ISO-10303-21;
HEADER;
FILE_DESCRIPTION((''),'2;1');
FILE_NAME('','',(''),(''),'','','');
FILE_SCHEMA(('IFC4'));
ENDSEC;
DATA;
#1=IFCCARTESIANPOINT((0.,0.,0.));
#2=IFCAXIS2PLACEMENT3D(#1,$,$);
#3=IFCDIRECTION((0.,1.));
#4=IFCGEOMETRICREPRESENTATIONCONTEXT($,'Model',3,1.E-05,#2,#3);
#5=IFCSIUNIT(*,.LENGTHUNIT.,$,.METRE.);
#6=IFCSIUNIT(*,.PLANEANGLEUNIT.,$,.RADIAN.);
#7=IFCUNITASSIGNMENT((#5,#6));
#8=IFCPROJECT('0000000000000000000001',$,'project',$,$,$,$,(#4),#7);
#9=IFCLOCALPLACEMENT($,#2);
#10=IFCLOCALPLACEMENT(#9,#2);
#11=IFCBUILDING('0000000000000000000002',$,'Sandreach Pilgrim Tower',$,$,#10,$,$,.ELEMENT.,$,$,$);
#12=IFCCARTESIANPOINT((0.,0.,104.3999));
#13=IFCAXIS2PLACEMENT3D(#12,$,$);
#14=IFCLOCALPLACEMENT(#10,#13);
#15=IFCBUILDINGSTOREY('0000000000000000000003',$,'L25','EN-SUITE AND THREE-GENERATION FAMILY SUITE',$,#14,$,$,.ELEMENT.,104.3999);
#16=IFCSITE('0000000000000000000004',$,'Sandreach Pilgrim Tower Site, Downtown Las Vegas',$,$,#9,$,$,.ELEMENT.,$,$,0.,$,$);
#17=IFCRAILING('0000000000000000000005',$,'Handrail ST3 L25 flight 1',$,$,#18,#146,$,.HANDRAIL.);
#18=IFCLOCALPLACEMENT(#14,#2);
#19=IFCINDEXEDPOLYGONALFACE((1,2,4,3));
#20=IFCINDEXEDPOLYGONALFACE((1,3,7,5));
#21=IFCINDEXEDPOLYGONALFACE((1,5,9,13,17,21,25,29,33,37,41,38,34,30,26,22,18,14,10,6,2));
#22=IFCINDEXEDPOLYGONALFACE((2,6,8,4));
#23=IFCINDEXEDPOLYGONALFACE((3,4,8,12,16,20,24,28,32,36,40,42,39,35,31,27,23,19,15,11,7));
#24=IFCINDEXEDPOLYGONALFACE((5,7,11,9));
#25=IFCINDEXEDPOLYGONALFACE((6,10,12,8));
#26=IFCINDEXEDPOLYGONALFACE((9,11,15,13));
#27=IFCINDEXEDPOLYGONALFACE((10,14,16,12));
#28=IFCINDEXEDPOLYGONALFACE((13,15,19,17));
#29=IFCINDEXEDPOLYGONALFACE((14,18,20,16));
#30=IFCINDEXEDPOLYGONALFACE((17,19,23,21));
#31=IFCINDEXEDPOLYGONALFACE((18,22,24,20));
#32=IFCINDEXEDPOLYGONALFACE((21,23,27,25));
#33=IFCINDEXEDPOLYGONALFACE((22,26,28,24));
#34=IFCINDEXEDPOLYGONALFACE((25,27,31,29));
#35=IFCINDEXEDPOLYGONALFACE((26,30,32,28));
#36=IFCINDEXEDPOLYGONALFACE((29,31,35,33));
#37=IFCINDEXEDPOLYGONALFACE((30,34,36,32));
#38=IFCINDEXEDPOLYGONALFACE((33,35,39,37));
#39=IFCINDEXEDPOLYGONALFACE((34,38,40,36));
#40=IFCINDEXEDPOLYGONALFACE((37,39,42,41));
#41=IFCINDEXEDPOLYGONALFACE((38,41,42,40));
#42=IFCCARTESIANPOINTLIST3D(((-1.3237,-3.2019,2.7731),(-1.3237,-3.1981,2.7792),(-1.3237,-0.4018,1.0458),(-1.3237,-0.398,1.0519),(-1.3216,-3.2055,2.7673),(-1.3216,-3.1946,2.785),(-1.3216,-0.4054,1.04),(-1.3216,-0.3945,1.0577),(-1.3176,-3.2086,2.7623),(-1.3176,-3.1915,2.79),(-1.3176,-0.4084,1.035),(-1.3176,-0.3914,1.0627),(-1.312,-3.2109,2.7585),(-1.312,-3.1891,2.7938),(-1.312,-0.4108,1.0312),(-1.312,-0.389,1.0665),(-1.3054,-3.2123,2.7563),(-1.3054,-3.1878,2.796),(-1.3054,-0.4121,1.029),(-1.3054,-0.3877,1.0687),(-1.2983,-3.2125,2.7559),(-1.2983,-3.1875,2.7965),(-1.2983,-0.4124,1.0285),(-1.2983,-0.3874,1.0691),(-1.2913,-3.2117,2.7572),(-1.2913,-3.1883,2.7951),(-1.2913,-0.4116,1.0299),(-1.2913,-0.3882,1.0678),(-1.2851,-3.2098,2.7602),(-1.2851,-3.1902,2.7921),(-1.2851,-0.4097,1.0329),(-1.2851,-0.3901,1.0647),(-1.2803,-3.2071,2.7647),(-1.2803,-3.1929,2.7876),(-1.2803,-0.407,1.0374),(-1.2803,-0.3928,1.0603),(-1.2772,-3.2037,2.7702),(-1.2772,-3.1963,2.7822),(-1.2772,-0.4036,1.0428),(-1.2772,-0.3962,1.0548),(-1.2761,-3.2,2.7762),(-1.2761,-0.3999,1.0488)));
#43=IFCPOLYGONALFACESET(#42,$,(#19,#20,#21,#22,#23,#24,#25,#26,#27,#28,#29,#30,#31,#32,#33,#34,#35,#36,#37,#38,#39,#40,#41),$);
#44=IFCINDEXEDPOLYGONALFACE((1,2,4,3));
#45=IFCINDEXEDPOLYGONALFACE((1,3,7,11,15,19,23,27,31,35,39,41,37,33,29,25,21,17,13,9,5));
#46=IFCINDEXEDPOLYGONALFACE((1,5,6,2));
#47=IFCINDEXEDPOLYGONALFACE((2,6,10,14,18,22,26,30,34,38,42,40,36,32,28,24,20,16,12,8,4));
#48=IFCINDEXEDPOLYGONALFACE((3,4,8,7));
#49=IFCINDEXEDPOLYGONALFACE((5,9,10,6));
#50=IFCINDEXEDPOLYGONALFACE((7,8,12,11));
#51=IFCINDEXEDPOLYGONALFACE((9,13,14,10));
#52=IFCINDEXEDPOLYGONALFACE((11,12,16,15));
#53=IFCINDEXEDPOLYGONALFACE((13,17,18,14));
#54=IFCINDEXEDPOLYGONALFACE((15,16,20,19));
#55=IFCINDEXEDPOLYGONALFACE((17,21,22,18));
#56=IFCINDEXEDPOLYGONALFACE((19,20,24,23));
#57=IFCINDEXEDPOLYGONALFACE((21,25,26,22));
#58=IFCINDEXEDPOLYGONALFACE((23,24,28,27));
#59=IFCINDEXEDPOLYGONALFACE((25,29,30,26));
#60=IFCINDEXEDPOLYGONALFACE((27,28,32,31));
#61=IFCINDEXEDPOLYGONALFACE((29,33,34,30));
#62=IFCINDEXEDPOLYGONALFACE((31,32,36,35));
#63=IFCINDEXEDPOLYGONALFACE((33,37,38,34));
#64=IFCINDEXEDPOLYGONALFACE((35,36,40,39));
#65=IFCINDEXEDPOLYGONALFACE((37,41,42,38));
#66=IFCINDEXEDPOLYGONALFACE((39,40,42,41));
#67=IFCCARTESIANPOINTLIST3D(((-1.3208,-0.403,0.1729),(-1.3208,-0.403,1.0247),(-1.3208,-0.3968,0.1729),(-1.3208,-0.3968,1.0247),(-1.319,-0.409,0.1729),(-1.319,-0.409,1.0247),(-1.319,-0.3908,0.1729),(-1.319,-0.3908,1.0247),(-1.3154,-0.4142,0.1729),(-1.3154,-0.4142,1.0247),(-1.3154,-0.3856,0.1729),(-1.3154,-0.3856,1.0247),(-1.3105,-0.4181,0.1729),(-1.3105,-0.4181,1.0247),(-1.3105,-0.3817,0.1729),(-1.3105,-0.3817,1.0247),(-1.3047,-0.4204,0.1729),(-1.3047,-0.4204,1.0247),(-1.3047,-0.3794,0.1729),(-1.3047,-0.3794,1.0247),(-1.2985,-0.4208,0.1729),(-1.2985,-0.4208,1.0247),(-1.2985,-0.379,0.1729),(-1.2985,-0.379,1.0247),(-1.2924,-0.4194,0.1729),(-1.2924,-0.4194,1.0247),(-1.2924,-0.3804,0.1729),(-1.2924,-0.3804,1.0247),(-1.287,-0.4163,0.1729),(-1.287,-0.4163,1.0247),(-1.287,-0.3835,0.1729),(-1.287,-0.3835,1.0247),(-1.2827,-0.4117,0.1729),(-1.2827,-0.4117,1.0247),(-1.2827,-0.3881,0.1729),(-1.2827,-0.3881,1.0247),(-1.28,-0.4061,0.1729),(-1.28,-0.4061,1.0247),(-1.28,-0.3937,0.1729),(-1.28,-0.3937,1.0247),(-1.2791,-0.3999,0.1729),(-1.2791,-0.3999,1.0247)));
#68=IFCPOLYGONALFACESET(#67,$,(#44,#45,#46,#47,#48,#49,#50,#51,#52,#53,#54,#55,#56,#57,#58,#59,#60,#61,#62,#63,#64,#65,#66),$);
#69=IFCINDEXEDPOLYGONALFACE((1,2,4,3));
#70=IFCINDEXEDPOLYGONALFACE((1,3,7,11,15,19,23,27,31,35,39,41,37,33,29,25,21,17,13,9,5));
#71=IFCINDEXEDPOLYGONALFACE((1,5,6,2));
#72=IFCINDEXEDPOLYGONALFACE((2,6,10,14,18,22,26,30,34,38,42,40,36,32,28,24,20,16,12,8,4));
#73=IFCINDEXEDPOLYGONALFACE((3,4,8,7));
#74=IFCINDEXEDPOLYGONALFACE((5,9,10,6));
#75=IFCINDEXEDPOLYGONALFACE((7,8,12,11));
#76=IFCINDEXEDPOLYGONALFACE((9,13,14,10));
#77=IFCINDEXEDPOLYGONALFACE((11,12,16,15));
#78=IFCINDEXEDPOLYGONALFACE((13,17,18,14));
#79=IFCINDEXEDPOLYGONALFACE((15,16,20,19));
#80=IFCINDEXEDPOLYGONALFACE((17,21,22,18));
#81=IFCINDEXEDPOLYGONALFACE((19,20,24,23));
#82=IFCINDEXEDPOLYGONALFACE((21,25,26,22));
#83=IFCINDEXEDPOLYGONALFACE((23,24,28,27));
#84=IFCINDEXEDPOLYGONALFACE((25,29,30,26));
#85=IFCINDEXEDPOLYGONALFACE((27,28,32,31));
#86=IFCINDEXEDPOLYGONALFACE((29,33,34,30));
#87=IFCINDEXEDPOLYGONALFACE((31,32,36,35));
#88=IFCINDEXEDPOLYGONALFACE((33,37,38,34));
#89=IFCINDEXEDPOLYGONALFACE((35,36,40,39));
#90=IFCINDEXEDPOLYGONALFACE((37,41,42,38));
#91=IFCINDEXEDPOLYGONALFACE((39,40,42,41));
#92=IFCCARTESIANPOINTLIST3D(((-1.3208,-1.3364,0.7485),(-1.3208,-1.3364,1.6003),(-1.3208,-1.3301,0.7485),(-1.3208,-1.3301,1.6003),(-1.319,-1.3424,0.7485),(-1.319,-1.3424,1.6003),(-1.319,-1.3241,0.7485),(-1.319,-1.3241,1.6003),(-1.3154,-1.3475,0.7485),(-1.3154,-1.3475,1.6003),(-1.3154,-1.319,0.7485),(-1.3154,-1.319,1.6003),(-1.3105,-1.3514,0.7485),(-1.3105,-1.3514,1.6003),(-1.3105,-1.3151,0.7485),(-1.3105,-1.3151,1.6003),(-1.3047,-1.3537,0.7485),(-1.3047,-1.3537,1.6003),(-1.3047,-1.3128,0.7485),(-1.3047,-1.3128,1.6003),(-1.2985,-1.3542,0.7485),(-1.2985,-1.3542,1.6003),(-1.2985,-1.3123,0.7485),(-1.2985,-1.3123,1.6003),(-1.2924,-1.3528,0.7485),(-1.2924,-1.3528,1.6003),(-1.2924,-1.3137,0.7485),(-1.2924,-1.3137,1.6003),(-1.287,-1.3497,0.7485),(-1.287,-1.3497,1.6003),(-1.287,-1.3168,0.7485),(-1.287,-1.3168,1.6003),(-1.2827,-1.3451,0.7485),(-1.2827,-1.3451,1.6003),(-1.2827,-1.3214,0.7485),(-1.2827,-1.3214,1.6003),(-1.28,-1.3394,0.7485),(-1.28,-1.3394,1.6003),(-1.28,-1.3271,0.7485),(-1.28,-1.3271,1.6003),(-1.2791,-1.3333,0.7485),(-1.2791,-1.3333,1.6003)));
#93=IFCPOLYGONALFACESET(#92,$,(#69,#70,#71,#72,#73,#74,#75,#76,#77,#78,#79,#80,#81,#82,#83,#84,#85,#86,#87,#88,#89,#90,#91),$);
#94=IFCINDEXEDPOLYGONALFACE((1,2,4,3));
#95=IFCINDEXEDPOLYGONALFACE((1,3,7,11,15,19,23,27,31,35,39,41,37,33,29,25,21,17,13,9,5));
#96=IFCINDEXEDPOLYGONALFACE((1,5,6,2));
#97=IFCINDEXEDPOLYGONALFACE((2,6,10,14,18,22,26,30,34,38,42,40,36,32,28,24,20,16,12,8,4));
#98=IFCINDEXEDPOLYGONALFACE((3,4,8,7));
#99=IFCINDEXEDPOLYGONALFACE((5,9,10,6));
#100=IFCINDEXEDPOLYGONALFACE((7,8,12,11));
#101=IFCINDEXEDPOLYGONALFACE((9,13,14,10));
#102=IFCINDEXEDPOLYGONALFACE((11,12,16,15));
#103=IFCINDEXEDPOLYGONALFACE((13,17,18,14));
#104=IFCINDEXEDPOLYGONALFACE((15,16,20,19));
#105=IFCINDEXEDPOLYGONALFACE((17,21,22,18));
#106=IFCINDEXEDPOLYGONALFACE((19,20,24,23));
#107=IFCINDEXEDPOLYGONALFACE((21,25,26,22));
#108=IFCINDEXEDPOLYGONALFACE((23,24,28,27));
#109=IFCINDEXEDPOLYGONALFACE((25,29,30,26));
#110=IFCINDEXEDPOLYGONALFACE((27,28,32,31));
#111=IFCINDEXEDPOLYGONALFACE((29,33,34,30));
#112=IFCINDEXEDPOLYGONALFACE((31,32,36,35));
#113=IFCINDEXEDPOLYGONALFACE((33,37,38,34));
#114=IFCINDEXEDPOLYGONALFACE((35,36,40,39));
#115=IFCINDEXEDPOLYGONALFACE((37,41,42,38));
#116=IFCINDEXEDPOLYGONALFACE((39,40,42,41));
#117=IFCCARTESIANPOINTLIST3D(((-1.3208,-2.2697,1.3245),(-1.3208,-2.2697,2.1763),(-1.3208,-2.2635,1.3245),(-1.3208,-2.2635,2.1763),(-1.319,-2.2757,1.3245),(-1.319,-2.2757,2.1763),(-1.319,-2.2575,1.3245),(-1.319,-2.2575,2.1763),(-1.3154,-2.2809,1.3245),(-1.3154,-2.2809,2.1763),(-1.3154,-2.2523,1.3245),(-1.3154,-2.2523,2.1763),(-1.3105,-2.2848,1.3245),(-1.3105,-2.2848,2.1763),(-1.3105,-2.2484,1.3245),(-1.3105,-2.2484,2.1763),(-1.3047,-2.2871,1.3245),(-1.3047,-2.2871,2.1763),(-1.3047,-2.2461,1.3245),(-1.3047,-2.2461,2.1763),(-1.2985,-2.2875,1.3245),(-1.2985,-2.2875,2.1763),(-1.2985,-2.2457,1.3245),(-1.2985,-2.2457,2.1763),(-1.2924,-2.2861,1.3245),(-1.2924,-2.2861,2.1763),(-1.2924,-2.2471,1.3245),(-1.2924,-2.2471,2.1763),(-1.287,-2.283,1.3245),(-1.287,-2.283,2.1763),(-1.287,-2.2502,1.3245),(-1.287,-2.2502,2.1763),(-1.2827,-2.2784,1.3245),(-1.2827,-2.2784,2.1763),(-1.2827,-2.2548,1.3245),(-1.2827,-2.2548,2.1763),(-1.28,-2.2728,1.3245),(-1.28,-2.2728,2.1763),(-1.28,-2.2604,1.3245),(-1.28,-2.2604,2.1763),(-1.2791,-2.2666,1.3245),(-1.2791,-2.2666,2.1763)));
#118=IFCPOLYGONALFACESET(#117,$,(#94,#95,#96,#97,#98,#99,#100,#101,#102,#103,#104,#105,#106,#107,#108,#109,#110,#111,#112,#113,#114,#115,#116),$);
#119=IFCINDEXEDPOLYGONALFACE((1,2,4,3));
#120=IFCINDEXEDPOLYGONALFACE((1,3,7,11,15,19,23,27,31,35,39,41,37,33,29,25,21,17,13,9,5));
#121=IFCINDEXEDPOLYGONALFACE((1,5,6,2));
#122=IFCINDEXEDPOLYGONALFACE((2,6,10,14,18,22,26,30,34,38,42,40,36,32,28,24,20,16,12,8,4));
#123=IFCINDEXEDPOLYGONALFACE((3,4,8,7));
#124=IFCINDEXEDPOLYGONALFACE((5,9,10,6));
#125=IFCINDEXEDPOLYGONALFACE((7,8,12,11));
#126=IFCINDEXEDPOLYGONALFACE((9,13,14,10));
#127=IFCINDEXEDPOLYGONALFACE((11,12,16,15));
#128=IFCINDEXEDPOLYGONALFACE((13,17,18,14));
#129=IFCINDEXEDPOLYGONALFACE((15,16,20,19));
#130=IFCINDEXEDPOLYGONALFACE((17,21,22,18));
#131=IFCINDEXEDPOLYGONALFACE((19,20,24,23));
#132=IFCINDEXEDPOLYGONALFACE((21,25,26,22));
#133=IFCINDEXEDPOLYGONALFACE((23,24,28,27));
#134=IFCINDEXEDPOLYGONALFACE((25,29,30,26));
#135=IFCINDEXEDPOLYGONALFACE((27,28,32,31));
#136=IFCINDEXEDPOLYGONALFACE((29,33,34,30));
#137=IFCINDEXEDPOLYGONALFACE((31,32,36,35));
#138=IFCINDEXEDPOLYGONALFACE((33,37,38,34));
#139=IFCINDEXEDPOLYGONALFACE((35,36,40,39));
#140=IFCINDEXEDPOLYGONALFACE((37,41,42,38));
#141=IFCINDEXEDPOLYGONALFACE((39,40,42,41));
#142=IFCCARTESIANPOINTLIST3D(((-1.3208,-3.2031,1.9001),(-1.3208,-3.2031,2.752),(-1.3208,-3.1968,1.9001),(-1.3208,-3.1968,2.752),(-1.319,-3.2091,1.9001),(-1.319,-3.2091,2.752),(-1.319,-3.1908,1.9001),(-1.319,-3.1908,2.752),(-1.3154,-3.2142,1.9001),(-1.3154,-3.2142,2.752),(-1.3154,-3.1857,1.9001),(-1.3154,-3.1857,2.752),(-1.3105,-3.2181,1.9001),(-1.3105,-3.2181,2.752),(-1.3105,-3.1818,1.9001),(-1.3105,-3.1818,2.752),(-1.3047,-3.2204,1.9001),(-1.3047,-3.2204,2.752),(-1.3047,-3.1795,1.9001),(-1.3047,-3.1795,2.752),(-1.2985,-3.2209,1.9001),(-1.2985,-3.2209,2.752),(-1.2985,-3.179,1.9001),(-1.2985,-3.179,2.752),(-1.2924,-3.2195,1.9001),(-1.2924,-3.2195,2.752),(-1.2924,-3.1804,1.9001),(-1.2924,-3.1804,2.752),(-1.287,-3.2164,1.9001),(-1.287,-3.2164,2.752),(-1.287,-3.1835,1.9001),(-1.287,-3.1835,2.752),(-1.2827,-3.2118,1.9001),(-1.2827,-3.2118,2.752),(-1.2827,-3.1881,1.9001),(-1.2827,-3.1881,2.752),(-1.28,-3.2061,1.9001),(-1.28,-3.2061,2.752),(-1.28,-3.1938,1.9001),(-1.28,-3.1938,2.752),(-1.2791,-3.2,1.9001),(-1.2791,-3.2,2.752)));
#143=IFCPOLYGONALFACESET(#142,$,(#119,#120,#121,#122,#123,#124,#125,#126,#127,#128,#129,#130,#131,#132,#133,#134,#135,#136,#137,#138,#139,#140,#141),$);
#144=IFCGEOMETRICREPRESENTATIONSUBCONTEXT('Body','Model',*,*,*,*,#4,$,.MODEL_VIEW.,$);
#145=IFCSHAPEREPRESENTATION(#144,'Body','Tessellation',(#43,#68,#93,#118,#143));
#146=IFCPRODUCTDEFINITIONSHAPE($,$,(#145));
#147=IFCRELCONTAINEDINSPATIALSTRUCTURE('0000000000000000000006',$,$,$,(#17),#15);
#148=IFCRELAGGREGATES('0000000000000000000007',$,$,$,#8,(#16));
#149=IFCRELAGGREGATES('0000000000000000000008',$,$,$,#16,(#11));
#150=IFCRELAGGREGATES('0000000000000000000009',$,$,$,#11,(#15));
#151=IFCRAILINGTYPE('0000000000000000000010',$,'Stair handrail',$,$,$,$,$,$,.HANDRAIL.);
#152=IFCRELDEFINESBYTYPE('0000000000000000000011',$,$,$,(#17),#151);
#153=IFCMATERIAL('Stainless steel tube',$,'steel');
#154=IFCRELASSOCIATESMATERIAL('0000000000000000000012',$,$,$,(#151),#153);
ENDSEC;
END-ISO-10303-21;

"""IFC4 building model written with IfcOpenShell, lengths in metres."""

from ifc_helpers import new_model, si_unit, direction, frame, origin, origin_2d, place, context, subcontext, project, spatial, circle, extrude, material, type_object, element, save


model = new_model("IFC4")

# Units and contexts
model_context = context("Model", 3, precision=1e-05, world=origin(), true_north=direction((0.0, 1.0)))
body_context = subcontext(model_context, "Body", "Model", "MODEL_VIEW")
ifc_project = project(units=[si_unit("LENGTHUNIT", "METRE"), si_unit("PLANEANGLEUNIT", "RADIAN")], contexts=[model_context])

# Site, building, storey
site_placement = place(None, origin())
site = spatial("IfcSite", under=ifc_project, at=site_placement, Name="Sandreach Pilgrim Tower Site, Downtown Las Vegas", CompositionType="ELEMENT", RefElevation=0.0)
building_placement = place(site_placement, origin())
building = spatial("IfcBuilding", under=site, at=building_placement, Name="Sandreach Pilgrim Tower", CompositionType="ELEMENT")
storey_placement = place(building_placement, frame((0.0, 0.0, 104.3999)))
storey = spatial("IfcBuildingStorey", under=building, at=storey_placement, Name="L25", Description="EN-SUITE AND THREE-GENERATION FAMILY SUITE", CompositionType="ELEMENT", Elevation=104.3999)

# Railing
ifc_material_1 = material(Name="Stainless steel tube", Category="steel")
railing_type = type_object("IfcRailingType", Name="Stair handrail", PredefinedType="HANDRAIL", material=ifc_material_1)
for number, where, name in (
    (1, (-1.3, -0.3999, 0.1729), "Handrail ST3 L25 flight 1"),
):
    element("IfcRailing", number, at=place(storey_placement, frame(where)), inside=storey, type_object=railing_type, Name=name, PredefinedType="HANDRAIL", context=body_context, shape_type="SweptSolid", body=[
        extrude(circle(Radius=0.0239, at=origin_2d()), frame((0.0, 0.0, 0.876), z_axis=(0.0, -0.85109, 0.52502), x_axis=(1.0, 0.0, 0.0)), (0.0, 0.0, 1.0), 3.29),
        extrude(circle(Radius=0.021, at=origin_2d()), origin(), (0.0, 0.0, 1.0), 0.8518),
        extrude(circle(Radius=0.021, at=origin_2d()), frame((0.0, -0.9333, 0.5757)), (0.0, 0.0, 1.0), 0.8518),
        extrude(circle(Radius=0.021, at=origin_2d()), frame((0.0, -1.8667, 1.1516)), (0.0, 0.0, 1.0), 0.8518),
        extrude(circle(Radius=0.021, at=origin_2d()), frame((0.0, -2.8, 1.7273)), (0.0, 0.0, 1.0), 0.8518),
    ])

save(model, "model.ifc")
